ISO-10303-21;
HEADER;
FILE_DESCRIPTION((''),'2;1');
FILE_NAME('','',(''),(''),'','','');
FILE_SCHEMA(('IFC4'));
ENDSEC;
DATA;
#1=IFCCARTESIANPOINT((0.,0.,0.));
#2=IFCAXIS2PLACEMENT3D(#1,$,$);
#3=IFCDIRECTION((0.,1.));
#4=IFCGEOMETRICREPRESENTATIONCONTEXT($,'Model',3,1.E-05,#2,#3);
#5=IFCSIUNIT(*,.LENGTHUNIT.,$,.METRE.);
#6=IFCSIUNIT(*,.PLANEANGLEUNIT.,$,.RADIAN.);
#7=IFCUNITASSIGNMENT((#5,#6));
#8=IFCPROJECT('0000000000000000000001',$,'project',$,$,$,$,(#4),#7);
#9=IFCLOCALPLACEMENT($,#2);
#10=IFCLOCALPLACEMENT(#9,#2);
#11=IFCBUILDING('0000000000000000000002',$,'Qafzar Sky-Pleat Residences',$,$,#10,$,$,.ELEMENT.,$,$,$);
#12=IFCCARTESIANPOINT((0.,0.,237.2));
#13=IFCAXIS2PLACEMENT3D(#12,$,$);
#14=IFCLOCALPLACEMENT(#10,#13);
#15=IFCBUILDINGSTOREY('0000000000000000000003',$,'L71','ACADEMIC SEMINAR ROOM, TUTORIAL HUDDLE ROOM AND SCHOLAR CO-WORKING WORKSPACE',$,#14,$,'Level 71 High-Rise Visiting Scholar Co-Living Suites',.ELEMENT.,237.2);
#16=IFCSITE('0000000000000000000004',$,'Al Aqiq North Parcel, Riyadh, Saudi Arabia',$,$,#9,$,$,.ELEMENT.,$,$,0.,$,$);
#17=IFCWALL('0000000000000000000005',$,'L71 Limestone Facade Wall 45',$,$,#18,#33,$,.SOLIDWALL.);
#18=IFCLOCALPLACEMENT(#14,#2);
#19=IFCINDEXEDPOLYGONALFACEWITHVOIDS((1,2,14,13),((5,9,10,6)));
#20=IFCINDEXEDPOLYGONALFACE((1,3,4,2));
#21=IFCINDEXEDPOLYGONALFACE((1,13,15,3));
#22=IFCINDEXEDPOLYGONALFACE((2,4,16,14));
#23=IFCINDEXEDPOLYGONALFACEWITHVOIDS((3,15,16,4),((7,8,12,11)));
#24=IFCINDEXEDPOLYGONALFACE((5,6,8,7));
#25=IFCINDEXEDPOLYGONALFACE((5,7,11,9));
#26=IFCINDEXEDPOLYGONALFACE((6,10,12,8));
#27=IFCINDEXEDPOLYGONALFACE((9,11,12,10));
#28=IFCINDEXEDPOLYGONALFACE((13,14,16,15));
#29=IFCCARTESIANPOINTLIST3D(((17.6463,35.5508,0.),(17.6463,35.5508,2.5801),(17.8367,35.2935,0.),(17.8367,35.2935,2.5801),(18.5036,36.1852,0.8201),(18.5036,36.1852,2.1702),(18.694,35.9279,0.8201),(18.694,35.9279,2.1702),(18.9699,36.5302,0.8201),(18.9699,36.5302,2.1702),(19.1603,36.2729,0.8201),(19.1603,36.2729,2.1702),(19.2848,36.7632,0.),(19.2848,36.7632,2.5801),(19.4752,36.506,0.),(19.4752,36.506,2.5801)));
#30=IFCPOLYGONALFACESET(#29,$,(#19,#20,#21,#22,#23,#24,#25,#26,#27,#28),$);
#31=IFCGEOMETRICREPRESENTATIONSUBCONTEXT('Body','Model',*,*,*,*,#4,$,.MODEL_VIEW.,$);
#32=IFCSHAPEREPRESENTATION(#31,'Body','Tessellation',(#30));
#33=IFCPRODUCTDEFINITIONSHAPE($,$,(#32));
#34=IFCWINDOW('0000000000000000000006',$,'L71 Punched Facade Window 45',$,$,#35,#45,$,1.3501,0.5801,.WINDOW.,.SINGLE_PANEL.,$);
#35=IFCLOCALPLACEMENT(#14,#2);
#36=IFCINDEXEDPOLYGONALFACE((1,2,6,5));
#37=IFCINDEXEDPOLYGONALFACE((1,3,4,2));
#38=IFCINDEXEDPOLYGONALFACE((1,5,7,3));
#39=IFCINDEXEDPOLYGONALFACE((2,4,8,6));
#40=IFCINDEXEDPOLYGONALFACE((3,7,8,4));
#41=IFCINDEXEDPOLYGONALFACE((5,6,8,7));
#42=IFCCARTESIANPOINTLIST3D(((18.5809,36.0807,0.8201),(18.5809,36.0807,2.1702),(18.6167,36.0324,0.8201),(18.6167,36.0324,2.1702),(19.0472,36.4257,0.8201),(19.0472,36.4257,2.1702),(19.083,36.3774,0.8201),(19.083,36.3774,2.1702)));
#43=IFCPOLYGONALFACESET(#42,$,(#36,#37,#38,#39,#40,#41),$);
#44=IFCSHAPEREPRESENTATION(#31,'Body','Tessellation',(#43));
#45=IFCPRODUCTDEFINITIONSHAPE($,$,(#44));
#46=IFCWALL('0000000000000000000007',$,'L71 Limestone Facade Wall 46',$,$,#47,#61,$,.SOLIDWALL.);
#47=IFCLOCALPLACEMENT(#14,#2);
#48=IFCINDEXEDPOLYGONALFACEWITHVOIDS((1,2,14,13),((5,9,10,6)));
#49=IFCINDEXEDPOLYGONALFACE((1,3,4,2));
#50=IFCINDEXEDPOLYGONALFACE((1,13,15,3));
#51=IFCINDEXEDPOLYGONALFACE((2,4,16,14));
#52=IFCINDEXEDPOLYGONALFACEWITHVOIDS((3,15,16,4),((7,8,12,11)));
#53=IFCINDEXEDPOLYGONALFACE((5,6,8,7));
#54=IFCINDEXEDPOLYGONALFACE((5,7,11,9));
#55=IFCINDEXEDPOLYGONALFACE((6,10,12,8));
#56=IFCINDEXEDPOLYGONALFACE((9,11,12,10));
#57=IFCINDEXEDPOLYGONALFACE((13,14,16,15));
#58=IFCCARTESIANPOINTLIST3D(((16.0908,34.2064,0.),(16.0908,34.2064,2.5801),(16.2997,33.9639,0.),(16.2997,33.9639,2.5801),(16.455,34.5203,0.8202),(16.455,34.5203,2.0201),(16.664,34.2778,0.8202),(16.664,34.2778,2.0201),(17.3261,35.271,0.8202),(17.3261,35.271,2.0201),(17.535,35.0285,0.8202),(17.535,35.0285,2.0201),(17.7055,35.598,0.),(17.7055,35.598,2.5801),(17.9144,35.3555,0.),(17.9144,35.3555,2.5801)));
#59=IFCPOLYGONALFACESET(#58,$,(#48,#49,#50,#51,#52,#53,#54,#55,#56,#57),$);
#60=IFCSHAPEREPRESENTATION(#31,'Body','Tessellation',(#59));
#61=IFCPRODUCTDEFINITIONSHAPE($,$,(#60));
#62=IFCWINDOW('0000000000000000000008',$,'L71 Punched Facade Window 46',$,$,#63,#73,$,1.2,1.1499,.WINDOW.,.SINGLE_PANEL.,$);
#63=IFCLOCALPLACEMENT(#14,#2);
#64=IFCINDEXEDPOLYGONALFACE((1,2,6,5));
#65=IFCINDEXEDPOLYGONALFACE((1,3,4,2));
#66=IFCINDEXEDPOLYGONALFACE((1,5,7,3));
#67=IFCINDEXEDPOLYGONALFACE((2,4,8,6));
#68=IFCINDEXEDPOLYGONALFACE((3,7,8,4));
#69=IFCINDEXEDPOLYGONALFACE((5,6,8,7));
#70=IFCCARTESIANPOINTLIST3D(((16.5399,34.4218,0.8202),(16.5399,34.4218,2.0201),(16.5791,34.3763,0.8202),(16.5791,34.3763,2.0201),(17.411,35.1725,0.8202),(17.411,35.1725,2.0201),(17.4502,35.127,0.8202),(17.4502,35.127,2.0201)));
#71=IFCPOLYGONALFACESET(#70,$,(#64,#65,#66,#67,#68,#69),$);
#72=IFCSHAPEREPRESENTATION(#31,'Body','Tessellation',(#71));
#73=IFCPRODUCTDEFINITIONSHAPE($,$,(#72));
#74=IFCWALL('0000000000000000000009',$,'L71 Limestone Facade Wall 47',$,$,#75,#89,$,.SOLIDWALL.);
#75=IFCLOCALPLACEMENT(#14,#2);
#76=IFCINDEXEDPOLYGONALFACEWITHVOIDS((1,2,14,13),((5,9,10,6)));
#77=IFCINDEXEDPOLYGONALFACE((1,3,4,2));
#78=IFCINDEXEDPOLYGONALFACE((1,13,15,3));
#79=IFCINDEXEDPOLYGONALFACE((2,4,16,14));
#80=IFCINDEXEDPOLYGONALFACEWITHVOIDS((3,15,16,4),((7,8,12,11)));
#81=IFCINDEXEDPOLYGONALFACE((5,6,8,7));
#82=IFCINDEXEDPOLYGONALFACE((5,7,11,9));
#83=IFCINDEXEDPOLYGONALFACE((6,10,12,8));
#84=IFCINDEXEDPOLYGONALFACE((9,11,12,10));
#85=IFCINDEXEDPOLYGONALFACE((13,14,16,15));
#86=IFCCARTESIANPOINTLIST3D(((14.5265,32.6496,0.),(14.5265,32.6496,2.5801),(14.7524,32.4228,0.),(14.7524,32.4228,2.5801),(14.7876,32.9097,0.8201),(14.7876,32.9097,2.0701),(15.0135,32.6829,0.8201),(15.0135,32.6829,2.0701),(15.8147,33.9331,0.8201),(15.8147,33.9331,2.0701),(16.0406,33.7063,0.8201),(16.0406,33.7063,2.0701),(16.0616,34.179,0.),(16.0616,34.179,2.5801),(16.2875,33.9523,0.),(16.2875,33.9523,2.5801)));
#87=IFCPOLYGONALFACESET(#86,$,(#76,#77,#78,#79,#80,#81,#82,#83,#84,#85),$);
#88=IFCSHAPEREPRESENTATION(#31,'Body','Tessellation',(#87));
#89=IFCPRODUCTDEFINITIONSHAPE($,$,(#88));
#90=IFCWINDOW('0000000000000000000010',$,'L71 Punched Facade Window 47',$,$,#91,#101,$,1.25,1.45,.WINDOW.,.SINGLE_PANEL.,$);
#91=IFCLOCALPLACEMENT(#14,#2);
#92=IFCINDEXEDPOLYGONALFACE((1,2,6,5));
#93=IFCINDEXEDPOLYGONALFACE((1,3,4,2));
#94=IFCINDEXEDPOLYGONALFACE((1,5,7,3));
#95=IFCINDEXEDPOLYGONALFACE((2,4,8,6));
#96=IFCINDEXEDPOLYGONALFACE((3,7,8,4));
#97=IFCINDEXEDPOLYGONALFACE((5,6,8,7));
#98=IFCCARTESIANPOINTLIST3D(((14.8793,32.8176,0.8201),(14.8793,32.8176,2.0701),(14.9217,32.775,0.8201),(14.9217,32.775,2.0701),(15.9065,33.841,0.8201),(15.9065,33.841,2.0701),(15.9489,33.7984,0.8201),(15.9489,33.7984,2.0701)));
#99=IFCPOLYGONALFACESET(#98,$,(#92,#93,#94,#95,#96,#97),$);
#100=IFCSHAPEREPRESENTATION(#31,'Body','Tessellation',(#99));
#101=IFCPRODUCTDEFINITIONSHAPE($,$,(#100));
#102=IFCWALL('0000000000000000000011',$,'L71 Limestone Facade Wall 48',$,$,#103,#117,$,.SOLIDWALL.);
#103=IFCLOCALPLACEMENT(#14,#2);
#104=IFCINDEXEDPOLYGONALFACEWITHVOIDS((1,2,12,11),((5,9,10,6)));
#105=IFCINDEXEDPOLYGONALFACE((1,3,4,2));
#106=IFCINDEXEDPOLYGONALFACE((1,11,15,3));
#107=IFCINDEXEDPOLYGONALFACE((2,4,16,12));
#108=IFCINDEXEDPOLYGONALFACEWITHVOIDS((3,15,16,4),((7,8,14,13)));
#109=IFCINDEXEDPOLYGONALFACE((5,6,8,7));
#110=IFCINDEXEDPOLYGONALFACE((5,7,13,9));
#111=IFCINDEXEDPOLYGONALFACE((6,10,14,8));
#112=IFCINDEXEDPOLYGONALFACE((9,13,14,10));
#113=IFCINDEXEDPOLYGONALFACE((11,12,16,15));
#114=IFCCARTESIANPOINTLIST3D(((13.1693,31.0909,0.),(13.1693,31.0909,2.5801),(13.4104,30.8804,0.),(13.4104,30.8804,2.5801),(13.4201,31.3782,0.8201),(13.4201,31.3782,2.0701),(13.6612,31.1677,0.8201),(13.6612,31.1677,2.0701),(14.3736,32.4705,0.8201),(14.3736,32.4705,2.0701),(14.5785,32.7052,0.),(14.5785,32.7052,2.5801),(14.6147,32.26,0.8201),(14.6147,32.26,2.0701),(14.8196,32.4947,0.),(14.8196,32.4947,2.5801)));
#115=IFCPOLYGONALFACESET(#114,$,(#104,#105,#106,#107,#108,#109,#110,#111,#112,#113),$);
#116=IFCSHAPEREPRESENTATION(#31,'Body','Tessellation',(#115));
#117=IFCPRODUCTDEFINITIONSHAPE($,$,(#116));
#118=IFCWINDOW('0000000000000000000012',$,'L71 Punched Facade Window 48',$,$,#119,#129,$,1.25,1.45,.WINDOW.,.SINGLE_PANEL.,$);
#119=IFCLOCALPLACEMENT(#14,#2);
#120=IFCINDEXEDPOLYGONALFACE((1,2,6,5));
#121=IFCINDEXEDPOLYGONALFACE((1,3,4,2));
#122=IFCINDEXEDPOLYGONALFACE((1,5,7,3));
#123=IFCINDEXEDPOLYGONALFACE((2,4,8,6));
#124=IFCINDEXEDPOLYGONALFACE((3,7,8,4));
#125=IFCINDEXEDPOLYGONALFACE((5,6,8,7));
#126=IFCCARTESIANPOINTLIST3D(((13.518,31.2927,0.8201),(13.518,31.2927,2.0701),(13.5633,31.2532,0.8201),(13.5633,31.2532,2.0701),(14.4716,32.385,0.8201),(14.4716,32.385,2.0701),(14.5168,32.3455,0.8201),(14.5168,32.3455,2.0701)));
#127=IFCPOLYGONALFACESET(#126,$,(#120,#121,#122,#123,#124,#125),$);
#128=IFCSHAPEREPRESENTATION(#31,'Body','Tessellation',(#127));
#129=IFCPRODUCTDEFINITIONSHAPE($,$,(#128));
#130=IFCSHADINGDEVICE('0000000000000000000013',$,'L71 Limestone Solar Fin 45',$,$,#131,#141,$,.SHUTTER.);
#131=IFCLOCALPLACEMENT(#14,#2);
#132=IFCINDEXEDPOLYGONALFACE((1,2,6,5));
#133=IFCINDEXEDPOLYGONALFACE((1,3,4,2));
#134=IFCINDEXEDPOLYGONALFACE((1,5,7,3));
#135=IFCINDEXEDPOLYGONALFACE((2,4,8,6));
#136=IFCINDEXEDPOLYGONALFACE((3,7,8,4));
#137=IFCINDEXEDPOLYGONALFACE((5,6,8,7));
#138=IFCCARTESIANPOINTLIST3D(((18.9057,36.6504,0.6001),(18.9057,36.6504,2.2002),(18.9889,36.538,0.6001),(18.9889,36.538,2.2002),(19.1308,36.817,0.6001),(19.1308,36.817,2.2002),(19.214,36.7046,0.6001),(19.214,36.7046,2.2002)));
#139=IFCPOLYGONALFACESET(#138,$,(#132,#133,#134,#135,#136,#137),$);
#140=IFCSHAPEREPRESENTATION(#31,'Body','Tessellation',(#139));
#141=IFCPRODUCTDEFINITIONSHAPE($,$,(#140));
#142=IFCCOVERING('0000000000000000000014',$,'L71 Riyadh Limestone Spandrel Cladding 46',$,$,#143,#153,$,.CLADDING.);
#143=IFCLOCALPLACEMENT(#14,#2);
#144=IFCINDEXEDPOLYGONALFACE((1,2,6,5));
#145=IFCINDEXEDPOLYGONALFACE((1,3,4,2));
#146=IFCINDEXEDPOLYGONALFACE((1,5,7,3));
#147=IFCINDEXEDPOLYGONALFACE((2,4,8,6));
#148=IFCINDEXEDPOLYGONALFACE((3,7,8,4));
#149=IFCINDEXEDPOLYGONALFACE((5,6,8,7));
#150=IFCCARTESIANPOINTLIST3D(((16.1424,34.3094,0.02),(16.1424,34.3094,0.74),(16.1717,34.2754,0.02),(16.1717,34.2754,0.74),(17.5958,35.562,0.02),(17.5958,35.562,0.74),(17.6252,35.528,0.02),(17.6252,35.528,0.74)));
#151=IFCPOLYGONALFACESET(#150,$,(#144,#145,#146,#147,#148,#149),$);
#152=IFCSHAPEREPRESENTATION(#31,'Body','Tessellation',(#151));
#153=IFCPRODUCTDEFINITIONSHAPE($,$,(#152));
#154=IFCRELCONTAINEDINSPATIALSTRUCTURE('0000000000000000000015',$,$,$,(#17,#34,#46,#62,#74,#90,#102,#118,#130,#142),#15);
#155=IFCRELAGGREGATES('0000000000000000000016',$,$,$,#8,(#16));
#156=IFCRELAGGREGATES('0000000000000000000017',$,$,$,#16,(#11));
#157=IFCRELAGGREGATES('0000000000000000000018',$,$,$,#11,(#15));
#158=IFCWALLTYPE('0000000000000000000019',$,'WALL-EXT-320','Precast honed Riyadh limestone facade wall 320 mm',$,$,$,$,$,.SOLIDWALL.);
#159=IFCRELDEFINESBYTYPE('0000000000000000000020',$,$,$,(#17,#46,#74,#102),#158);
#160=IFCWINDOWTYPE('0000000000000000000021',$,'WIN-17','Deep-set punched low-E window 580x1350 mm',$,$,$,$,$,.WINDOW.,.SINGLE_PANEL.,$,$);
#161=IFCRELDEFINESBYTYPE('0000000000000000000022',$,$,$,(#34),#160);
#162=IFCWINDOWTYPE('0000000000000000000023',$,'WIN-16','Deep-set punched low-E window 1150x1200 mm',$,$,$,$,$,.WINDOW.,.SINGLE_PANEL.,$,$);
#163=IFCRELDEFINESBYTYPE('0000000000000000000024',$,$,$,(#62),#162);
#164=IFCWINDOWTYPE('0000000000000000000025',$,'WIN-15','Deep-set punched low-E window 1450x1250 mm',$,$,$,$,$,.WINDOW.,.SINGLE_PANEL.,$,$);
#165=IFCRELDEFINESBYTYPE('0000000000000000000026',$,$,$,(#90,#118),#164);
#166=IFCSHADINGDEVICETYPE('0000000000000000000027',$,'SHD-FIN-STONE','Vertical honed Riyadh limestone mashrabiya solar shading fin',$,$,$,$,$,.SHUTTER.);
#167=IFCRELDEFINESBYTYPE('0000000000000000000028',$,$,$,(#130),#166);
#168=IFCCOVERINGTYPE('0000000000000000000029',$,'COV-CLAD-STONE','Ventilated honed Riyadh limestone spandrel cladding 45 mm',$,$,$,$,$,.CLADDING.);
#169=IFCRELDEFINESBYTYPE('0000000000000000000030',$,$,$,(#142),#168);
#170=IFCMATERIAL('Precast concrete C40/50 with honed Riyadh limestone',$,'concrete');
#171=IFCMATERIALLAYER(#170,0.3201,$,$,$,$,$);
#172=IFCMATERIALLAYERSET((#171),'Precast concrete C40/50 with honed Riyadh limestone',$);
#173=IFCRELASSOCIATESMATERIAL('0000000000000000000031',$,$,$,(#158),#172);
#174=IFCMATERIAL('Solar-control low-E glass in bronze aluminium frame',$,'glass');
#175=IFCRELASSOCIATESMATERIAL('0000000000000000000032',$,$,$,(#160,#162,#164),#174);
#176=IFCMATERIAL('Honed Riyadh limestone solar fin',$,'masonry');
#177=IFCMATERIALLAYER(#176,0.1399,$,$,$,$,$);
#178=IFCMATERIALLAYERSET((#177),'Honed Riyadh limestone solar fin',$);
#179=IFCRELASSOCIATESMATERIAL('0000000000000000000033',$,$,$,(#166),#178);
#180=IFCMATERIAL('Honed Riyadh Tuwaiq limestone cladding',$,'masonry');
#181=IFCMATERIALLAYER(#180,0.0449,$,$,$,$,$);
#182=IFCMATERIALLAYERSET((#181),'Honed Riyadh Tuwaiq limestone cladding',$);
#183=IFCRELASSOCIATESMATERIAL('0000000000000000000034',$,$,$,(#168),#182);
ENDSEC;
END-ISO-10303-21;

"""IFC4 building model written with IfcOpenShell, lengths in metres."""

from ifc_helpers import new_model, si_unit, direction, frame, frame_2d, origin, origin_2d, place, context, subcontext, project, spatial, rectangle, extrude, source, transform, mapped, material, layer, layer_set, type_object, element, fill, save


model = new_model("IFC4")

# Units and contexts
model_context = context("Model", 3, precision=1e-05, world=origin(), true_north=direction((0.0, 1.0)))
body_context = subcontext(model_context, "Body", "Model", "MODEL_VIEW")
ifc_project = project(units=[si_unit("LENGTHUNIT", "METRE"), si_unit("PLANEANGLEUNIT", "RADIAN")], contexts=[model_context])

# Site, building, storey
site_placement = place(None, origin())
site = spatial("IfcSite", under=ifc_project, at=site_placement, Name="Al Aqiq North Parcel, Riyadh, Saudi Arabia", CompositionType="ELEMENT", RefElevation=0.0)
building_placement = place(site_placement, origin())
building = spatial("IfcBuilding", under=site, at=building_placement, Name="Qafzar Sky-Pleat Residences", CompositionType="ELEMENT")
storey_placement = place(building_placement, frame((0.0, 0.0, 237.2)))
storey = spatial("IfcBuildingStorey", under=building, at=storey_placement, Name="L71", Description="ACADEMIC SEMINAR ROOM, TUTORIAL HUDDLE ROOM AND SCHOLAR CO-WORKING WORKSPACE", LongName="Level 71 High-Rise Visiting Scholar Co-Living Suites", CompositionType="ELEMENT", Elevation=237.2)

# Walls, openings, windows
ifc_material_1 = material(Name="Precast concrete C40/50 with honed Riyadh limestone", Category="concrete")
ifc_layer_1 = layer(ifc_material_1, 0.3201)
ifc_layer_set_1 = layer_set([ifc_layer_1], Name="Precast concrete C40/50 with honed Riyadh limestone")
wall_type_1 = type_object("IfcWallType", Name="WALL-EXT-320", Description="Precast honed Riyadh limestone facade wall 320 mm", PredefinedType="SOLIDWALL", material=ifc_layer_set_1)
ifc_material_2 = material(Name="Solar-control low-E glass in bronze aluminium frame", Category="glass")
wall_1_placement = place(storey_placement, frame((19.3799, 36.6345, 0.0), z_axis=(0.0, 0.0, 1.0), x_axis=(-0.80385, -0.594832, 0.0)))
wall_1 = element("IfcWall", 1, at=wall_1_placement, inside=storey, type_object=wall_type_1, Name="L71 Limestone Facade Wall 45", PredefinedType="SOLIDWALL", context=body_context, shape_type="SweptSolid", body=[
    extrude(rectangle(XDim=2.0383, YDim=0.3201, at=frame_2d((1.019, 0.0))), origin(), (0.0, 0.0, 1.0), 2.5801),
])
opening_1_placement = place(wall_1_placement, frame((0.3916, 0.0, 0.8201)))
opening_1 = element("IfcOpeningElement", 2, at=opening_1_placement, cuts=wall_1, PredefinedType="OPENING", context=body_context, shape_type="SweptSolid", body=[
    extrude(rectangle(XDim=0.5801, YDim=1.3501, at=frame_2d((0.29, 0.675))), frame((0.0, 0.1699, 0.0), z_axis=(0.0, -1.0, 0.0), x_axis=(1.0, 0.0, 0.0)), (0.0, 0.0, 1.0), 0.3401),
])
window_type_1 = type_object("IfcWindowType", Name="WIN-17", Description="Deep-set punched low-E window 580x1350 mm", PartitioningType="SINGLE_PANEL", PredefinedType="WINDOW", material=ifc_material_2)
shared_shape_1 = source(origin(), body_context, "Body", "SweptSolid", [
    extrude(rectangle(XDim=0.5801, YDim=1.3501, at=frame_2d((0.29, 0.675))), frame((0.0, 0.03, 0.0), z_axis=(0.0, -1.0, 0.0), x_axis=(1.0, 0.0, 0.0)), (0.0, 0.0, 1.0), 0.0601),
])
window_1_placement = place(opening_1_placement, origin())
window_1 = element("IfcWindow", 3, at=window_1_placement, inside=storey, type_object=window_type_1, Name="L71 Punched Facade Window 45", OverallHeight=1.3501, OverallWidth=0.5801, PartitioningType="SINGLE_PANEL", PredefinedType="WINDOW", context=body_context, shape_type="MappedRepresentation", body=[
    mapped(shared_shape_1, transform((0.0, 0.0, 0.0), x_axis=(1.0, 0.0, 0.0), y_axis=(0.0, 1.0, 0.0), z_axis=(0.0, 0.0, 1.0), scale=1.0)),
])
fill(opening_1, window_1)
wall_2_placement = place(storey_placement, frame((17.8101, 35.4768, 0.0), z_axis=(0.0, 0.0, 1.0), x_axis=(-0.757508, -0.652826, 0.0)))
wall_2 = element("IfcWall", 4, at=wall_2_placement, inside=storey, type_object=wall_type_1, Name="L71 Limestone Facade Wall 46", PredefinedType="SOLIDWALL", context=body_context, shape_type="SweptSolid", body=[
    extrude(rectangle(XDim=2.1316, YDim=0.3201, at=frame_2d((1.0659, 0.0))), origin(), (0.0, 0.0, 1.0), 2.5801),
])
opening_2_placement = place(wall_2_placement, frame((0.501, 0.0, 0.8201)))
opening_2 = element("IfcOpeningElement", 5, at=opening_2_placement, cuts=wall_2, PredefinedType="OPENING", context=body_context, shape_type="SweptSolid", body=[
    extrude(rectangle(XDim=1.1499, YDim=1.2, at=frame_2d((0.575, 0.6001))), frame((0.0, 0.1699, 0.0), z_axis=(0.0, -1.0, 0.0), x_axis=(1.0, 0.0, 0.0)), (0.0, 0.0, 1.0), 0.3401),
])
window_type_2 = type_object("IfcWindowType", Name="WIN-16", Description="Deep-set punched low-E window 1150x1200 mm", PartitioningType="SINGLE_PANEL", PredefinedType="WINDOW", material=ifc_material_2)
shared_shape_2 = source(origin(), body_context, "Body", "SweptSolid", [
    extrude(rectangle(XDim=1.1499, YDim=1.2, at=frame_2d((0.575, 0.6001))), frame((0.0, 0.03, 0.0), z_axis=(0.0, -1.0, 0.0), x_axis=(1.0, 0.0, 0.0)), (0.0, 0.0, 1.0), 0.0601),
])
window_2_placement = place(opening_2_placement, origin())
window_2 = element("IfcWindow", 6, at=window_2_placement, inside=storey, type_object=window_type_2, Name="L71 Punched Facade Window 46", OverallHeight=1.2, OverallWidth=1.1499, PartitioningType="SINGLE_PANEL", PredefinedType="WINDOW", context=body_context, shape_type="MappedRepresentation", body=[
    mapped(shared_shape_2, transform((0.0, 0.0, 0.0), x_axis=(1.0, 0.0, 0.0), y_axis=(0.0, 1.0, 0.0), z_axis=(0.0, 0.0, 1.0), scale=1.0)),
])
fill(opening_2, window_2)
wall_3_placement = place(storey_placement, frame((16.1746, 34.0657, 0.0), z_axis=(0.0, 0.0, 1.0), x_axis=(-0.708401, -0.70581, 0.0)))
wall_3 = element("IfcWall", 7, at=wall_3_placement, inside=storey, type_object=wall_type_1, Name="L71 Limestone Facade Wall 47", PredefinedType="SOLIDWALL", context=body_context, shape_type="SweptSolid", body=[
    extrude(rectangle(XDim=2.167, YDim=0.3201, at=frame_2d((1.0835, 0.0))), origin(), (0.0, 0.0, 1.0), 2.5801),
])
opening_3_placement = place(wall_3_placement, frame((0.3484, 0.0, 0.8201)))
opening_3 = element("IfcOpeningElement", 8, at=opening_3_placement, cuts=wall_3, PredefinedType="OPENING", context=body_context, shape_type="SweptSolid", body=[
    extrude(rectangle(XDim=1.45, YDim=1.25, at=frame_2d((0.7251, 0.625))), frame((0.0, 0.1699, 0.0), z_axis=(0.0, -1.0, 0.0), x_axis=(1.0, 0.0, 0.0)), (0.0, 0.0, 1.0), 0.3401),
])
window_type_3 = type_object("IfcWindowType", Name="WIN-15", Description="Deep-set punched low-E window 1450x1250 mm", PartitioningType="SINGLE_PANEL", PredefinedType="WINDOW", material=ifc_material_2)
shared_shape_3 = source(origin(), body_context, "Body", "SweptSolid", [
    extrude(rectangle(XDim=1.45, YDim=1.25, at=frame_2d((0.7251, 0.625))), frame((0.0, 0.03, 0.0), z_axis=(0.0, -1.0, 0.0), x_axis=(1.0, 0.0, 0.0)), (0.0, 0.0, 1.0), 0.0601),
])
window_3_placement = place(opening_3_placement, origin())
window_3 = element("IfcWindow", 9, at=window_3_placement, inside=storey, type_object=window_type_3, Name="L71 Punched Facade Window 47", OverallHeight=1.25, OverallWidth=1.45, PartitioningType="SINGLE_PANEL", PredefinedType="WINDOW", context=body_context, shape_type="MappedRepresentation", body=[
    mapped(shared_shape_3, transform((0.0, 0.0, 0.0), x_axis=(1.0, 0.0, 0.0), y_axis=(0.0, 1.0, 0.0), z_axis=(0.0, 0.0, 1.0), scale=1.0)),
])
fill(opening_3, window_3)
wall_4_placement = place(storey_placement, frame((14.699, 32.5999, 0.0), z_axis=(0.0, 0.0, 1.0), x_axis=(-0.657633, -0.753338, 0.0)))
wall_4 = element("IfcWall", 10, at=wall_4_placement, inside=storey, type_object=wall_type_1, Name="L71 Limestone Facade Wall 48", PredefinedType="SOLIDWALL", context=body_context, shape_type="SweptSolid", body=[
    extrude(rectangle(XDim=2.1428, YDim=0.3201, at=frame_2d((1.0713, 0.0))), origin(), (0.0, 0.0, 1.0), 2.5801),
])
opening_4_placement = place(wall_4_placement, frame((0.3113, 0.0, 0.8201)))
opening_4 = element("IfcOpeningElement", 11, at=opening_4_placement, cuts=wall_4, PredefinedType="OPENING", context=body_context, shape_type="SweptSolid", body=[
    extrude(rectangle(XDim=1.45, YDim=1.25, at=frame_2d((0.7251, 0.625))), frame((0.0, 0.1699, 0.0), z_axis=(0.0, -1.0, 0.0), x_axis=(1.0, 0.0, 0.0)), (0.0, 0.0, 1.0), 0.3401),
])
window_4_placement = place(opening_4_placement, origin())
window_4 = element("IfcWindow", 12, at=window_4_placement, inside=storey, type_object=window_type_3, Name="L71 Punched Facade Window 48", OverallHeight=1.25, OverallWidth=1.45, PartitioningType="SINGLE_PANEL", PredefinedType="WINDOW", context=body_context, shape_type="MappedRepresentation", body=[
    mapped(shared_shape_3, transform((0.0, 0.0, 0.0), x_axis=(1.0, 0.0, 0.0), y_axis=(0.0, 1.0, 0.0), z_axis=(0.0, 0.0, 1.0), scale=1.0)),
])
fill(opening_4, window_4)

# Shading device
ifc_material_3 = material(Name="Honed Riyadh limestone solar fin", Category="masonry")
ifc_layer_2 = layer(ifc_material_3, 0.1399)
ifc_layer_set_2 = layer_set([ifc_layer_2], Name="Honed Riyadh limestone solar fin")
shading_device_type = type_object("IfcShadingDeviceType", Name="SHD-FIN-STONE", Description="Vertical honed Riyadh limestone mashrabiya solar shading fin", PredefinedType="SHUTTER", material=ifc_layer_set_2)
shared_shape_4 = source(origin(), body_context, "Body", "SweptSolid", [
    extrude(rectangle(XDim=0.1399, YDim=0.28, at=origin_2d()), origin(), (0.0, 0.0, 1.0), 1.6001),
])
shading_device_placement = place(storey_placement, frame((19.0598, 36.6775, 0.6001), z_axis=(0.0, 0.0, 1.0), x_axis=(-0.594882, 0.803813, 0.0)))
element("IfcShadingDevice", 13, at=shading_device_placement, inside=storey, type_object=shading_device_type, Name="L71 Limestone Solar Fin 45", PredefinedType="SHUTTER", context=body_context, shape_type="MappedRepresentation", body=[
    mapped(shared_shape_4, transform((0.0, 0.0, 0.0), x_axis=(1.0, 0.0, 0.0), y_axis=(0.0, 1.0, 0.0), z_axis=(0.0, 0.0, 1.0), scale=1.0)),
])

# Covering
ifc_material_4 = material(Name="Honed Riyadh Tuwaiq limestone cladding", Category="masonry")
ifc_layer_3 = layer(ifc_material_4, 0.0449)
ifc_layer_set_3 = layer_set([ifc_layer_3], Name="Honed Riyadh Tuwaiq limestone cladding")
covering_type = type_object("IfcCoveringType", Name="COV-CLAD-STONE", Description="Ventilated honed Riyadh limestone spandrel cladding 45 mm", PredefinedType="CLADDING", material=ifc_layer_set_3)
shared_shape_5 = source(origin(), body_context, "Body", "SweptSolid", [
    extrude(rectangle(XDim=1.9187, YDim=0.0449, at=origin_2d()), origin(), (0.0, 0.0, 1.0), 0.72),
])
covering_placement = place(storey_placement, frame((16.8838, 34.9187, 0.02), z_axis=(0.0, 0.0, 1.0), x_axis=(-0.757496, -0.65284, 0.0)))
element("IfcCovering", 14, at=covering_placement, inside=storey, type_object=covering_type, Name="L71 Riyadh Limestone Spandrel Cladding 46", PredefinedType="CLADDING", context=body_context, shape_type="MappedRepresentation", body=[
    mapped(shared_shape_5, transform((0.0, 0.0, 0.0), x_axis=(1.0, 0.0, 0.0), y_axis=(0.0, 1.0, 0.0), z_axis=(0.0, 0.0, 1.0), scale=1.0)),
])

save(model, "model.ifc")
